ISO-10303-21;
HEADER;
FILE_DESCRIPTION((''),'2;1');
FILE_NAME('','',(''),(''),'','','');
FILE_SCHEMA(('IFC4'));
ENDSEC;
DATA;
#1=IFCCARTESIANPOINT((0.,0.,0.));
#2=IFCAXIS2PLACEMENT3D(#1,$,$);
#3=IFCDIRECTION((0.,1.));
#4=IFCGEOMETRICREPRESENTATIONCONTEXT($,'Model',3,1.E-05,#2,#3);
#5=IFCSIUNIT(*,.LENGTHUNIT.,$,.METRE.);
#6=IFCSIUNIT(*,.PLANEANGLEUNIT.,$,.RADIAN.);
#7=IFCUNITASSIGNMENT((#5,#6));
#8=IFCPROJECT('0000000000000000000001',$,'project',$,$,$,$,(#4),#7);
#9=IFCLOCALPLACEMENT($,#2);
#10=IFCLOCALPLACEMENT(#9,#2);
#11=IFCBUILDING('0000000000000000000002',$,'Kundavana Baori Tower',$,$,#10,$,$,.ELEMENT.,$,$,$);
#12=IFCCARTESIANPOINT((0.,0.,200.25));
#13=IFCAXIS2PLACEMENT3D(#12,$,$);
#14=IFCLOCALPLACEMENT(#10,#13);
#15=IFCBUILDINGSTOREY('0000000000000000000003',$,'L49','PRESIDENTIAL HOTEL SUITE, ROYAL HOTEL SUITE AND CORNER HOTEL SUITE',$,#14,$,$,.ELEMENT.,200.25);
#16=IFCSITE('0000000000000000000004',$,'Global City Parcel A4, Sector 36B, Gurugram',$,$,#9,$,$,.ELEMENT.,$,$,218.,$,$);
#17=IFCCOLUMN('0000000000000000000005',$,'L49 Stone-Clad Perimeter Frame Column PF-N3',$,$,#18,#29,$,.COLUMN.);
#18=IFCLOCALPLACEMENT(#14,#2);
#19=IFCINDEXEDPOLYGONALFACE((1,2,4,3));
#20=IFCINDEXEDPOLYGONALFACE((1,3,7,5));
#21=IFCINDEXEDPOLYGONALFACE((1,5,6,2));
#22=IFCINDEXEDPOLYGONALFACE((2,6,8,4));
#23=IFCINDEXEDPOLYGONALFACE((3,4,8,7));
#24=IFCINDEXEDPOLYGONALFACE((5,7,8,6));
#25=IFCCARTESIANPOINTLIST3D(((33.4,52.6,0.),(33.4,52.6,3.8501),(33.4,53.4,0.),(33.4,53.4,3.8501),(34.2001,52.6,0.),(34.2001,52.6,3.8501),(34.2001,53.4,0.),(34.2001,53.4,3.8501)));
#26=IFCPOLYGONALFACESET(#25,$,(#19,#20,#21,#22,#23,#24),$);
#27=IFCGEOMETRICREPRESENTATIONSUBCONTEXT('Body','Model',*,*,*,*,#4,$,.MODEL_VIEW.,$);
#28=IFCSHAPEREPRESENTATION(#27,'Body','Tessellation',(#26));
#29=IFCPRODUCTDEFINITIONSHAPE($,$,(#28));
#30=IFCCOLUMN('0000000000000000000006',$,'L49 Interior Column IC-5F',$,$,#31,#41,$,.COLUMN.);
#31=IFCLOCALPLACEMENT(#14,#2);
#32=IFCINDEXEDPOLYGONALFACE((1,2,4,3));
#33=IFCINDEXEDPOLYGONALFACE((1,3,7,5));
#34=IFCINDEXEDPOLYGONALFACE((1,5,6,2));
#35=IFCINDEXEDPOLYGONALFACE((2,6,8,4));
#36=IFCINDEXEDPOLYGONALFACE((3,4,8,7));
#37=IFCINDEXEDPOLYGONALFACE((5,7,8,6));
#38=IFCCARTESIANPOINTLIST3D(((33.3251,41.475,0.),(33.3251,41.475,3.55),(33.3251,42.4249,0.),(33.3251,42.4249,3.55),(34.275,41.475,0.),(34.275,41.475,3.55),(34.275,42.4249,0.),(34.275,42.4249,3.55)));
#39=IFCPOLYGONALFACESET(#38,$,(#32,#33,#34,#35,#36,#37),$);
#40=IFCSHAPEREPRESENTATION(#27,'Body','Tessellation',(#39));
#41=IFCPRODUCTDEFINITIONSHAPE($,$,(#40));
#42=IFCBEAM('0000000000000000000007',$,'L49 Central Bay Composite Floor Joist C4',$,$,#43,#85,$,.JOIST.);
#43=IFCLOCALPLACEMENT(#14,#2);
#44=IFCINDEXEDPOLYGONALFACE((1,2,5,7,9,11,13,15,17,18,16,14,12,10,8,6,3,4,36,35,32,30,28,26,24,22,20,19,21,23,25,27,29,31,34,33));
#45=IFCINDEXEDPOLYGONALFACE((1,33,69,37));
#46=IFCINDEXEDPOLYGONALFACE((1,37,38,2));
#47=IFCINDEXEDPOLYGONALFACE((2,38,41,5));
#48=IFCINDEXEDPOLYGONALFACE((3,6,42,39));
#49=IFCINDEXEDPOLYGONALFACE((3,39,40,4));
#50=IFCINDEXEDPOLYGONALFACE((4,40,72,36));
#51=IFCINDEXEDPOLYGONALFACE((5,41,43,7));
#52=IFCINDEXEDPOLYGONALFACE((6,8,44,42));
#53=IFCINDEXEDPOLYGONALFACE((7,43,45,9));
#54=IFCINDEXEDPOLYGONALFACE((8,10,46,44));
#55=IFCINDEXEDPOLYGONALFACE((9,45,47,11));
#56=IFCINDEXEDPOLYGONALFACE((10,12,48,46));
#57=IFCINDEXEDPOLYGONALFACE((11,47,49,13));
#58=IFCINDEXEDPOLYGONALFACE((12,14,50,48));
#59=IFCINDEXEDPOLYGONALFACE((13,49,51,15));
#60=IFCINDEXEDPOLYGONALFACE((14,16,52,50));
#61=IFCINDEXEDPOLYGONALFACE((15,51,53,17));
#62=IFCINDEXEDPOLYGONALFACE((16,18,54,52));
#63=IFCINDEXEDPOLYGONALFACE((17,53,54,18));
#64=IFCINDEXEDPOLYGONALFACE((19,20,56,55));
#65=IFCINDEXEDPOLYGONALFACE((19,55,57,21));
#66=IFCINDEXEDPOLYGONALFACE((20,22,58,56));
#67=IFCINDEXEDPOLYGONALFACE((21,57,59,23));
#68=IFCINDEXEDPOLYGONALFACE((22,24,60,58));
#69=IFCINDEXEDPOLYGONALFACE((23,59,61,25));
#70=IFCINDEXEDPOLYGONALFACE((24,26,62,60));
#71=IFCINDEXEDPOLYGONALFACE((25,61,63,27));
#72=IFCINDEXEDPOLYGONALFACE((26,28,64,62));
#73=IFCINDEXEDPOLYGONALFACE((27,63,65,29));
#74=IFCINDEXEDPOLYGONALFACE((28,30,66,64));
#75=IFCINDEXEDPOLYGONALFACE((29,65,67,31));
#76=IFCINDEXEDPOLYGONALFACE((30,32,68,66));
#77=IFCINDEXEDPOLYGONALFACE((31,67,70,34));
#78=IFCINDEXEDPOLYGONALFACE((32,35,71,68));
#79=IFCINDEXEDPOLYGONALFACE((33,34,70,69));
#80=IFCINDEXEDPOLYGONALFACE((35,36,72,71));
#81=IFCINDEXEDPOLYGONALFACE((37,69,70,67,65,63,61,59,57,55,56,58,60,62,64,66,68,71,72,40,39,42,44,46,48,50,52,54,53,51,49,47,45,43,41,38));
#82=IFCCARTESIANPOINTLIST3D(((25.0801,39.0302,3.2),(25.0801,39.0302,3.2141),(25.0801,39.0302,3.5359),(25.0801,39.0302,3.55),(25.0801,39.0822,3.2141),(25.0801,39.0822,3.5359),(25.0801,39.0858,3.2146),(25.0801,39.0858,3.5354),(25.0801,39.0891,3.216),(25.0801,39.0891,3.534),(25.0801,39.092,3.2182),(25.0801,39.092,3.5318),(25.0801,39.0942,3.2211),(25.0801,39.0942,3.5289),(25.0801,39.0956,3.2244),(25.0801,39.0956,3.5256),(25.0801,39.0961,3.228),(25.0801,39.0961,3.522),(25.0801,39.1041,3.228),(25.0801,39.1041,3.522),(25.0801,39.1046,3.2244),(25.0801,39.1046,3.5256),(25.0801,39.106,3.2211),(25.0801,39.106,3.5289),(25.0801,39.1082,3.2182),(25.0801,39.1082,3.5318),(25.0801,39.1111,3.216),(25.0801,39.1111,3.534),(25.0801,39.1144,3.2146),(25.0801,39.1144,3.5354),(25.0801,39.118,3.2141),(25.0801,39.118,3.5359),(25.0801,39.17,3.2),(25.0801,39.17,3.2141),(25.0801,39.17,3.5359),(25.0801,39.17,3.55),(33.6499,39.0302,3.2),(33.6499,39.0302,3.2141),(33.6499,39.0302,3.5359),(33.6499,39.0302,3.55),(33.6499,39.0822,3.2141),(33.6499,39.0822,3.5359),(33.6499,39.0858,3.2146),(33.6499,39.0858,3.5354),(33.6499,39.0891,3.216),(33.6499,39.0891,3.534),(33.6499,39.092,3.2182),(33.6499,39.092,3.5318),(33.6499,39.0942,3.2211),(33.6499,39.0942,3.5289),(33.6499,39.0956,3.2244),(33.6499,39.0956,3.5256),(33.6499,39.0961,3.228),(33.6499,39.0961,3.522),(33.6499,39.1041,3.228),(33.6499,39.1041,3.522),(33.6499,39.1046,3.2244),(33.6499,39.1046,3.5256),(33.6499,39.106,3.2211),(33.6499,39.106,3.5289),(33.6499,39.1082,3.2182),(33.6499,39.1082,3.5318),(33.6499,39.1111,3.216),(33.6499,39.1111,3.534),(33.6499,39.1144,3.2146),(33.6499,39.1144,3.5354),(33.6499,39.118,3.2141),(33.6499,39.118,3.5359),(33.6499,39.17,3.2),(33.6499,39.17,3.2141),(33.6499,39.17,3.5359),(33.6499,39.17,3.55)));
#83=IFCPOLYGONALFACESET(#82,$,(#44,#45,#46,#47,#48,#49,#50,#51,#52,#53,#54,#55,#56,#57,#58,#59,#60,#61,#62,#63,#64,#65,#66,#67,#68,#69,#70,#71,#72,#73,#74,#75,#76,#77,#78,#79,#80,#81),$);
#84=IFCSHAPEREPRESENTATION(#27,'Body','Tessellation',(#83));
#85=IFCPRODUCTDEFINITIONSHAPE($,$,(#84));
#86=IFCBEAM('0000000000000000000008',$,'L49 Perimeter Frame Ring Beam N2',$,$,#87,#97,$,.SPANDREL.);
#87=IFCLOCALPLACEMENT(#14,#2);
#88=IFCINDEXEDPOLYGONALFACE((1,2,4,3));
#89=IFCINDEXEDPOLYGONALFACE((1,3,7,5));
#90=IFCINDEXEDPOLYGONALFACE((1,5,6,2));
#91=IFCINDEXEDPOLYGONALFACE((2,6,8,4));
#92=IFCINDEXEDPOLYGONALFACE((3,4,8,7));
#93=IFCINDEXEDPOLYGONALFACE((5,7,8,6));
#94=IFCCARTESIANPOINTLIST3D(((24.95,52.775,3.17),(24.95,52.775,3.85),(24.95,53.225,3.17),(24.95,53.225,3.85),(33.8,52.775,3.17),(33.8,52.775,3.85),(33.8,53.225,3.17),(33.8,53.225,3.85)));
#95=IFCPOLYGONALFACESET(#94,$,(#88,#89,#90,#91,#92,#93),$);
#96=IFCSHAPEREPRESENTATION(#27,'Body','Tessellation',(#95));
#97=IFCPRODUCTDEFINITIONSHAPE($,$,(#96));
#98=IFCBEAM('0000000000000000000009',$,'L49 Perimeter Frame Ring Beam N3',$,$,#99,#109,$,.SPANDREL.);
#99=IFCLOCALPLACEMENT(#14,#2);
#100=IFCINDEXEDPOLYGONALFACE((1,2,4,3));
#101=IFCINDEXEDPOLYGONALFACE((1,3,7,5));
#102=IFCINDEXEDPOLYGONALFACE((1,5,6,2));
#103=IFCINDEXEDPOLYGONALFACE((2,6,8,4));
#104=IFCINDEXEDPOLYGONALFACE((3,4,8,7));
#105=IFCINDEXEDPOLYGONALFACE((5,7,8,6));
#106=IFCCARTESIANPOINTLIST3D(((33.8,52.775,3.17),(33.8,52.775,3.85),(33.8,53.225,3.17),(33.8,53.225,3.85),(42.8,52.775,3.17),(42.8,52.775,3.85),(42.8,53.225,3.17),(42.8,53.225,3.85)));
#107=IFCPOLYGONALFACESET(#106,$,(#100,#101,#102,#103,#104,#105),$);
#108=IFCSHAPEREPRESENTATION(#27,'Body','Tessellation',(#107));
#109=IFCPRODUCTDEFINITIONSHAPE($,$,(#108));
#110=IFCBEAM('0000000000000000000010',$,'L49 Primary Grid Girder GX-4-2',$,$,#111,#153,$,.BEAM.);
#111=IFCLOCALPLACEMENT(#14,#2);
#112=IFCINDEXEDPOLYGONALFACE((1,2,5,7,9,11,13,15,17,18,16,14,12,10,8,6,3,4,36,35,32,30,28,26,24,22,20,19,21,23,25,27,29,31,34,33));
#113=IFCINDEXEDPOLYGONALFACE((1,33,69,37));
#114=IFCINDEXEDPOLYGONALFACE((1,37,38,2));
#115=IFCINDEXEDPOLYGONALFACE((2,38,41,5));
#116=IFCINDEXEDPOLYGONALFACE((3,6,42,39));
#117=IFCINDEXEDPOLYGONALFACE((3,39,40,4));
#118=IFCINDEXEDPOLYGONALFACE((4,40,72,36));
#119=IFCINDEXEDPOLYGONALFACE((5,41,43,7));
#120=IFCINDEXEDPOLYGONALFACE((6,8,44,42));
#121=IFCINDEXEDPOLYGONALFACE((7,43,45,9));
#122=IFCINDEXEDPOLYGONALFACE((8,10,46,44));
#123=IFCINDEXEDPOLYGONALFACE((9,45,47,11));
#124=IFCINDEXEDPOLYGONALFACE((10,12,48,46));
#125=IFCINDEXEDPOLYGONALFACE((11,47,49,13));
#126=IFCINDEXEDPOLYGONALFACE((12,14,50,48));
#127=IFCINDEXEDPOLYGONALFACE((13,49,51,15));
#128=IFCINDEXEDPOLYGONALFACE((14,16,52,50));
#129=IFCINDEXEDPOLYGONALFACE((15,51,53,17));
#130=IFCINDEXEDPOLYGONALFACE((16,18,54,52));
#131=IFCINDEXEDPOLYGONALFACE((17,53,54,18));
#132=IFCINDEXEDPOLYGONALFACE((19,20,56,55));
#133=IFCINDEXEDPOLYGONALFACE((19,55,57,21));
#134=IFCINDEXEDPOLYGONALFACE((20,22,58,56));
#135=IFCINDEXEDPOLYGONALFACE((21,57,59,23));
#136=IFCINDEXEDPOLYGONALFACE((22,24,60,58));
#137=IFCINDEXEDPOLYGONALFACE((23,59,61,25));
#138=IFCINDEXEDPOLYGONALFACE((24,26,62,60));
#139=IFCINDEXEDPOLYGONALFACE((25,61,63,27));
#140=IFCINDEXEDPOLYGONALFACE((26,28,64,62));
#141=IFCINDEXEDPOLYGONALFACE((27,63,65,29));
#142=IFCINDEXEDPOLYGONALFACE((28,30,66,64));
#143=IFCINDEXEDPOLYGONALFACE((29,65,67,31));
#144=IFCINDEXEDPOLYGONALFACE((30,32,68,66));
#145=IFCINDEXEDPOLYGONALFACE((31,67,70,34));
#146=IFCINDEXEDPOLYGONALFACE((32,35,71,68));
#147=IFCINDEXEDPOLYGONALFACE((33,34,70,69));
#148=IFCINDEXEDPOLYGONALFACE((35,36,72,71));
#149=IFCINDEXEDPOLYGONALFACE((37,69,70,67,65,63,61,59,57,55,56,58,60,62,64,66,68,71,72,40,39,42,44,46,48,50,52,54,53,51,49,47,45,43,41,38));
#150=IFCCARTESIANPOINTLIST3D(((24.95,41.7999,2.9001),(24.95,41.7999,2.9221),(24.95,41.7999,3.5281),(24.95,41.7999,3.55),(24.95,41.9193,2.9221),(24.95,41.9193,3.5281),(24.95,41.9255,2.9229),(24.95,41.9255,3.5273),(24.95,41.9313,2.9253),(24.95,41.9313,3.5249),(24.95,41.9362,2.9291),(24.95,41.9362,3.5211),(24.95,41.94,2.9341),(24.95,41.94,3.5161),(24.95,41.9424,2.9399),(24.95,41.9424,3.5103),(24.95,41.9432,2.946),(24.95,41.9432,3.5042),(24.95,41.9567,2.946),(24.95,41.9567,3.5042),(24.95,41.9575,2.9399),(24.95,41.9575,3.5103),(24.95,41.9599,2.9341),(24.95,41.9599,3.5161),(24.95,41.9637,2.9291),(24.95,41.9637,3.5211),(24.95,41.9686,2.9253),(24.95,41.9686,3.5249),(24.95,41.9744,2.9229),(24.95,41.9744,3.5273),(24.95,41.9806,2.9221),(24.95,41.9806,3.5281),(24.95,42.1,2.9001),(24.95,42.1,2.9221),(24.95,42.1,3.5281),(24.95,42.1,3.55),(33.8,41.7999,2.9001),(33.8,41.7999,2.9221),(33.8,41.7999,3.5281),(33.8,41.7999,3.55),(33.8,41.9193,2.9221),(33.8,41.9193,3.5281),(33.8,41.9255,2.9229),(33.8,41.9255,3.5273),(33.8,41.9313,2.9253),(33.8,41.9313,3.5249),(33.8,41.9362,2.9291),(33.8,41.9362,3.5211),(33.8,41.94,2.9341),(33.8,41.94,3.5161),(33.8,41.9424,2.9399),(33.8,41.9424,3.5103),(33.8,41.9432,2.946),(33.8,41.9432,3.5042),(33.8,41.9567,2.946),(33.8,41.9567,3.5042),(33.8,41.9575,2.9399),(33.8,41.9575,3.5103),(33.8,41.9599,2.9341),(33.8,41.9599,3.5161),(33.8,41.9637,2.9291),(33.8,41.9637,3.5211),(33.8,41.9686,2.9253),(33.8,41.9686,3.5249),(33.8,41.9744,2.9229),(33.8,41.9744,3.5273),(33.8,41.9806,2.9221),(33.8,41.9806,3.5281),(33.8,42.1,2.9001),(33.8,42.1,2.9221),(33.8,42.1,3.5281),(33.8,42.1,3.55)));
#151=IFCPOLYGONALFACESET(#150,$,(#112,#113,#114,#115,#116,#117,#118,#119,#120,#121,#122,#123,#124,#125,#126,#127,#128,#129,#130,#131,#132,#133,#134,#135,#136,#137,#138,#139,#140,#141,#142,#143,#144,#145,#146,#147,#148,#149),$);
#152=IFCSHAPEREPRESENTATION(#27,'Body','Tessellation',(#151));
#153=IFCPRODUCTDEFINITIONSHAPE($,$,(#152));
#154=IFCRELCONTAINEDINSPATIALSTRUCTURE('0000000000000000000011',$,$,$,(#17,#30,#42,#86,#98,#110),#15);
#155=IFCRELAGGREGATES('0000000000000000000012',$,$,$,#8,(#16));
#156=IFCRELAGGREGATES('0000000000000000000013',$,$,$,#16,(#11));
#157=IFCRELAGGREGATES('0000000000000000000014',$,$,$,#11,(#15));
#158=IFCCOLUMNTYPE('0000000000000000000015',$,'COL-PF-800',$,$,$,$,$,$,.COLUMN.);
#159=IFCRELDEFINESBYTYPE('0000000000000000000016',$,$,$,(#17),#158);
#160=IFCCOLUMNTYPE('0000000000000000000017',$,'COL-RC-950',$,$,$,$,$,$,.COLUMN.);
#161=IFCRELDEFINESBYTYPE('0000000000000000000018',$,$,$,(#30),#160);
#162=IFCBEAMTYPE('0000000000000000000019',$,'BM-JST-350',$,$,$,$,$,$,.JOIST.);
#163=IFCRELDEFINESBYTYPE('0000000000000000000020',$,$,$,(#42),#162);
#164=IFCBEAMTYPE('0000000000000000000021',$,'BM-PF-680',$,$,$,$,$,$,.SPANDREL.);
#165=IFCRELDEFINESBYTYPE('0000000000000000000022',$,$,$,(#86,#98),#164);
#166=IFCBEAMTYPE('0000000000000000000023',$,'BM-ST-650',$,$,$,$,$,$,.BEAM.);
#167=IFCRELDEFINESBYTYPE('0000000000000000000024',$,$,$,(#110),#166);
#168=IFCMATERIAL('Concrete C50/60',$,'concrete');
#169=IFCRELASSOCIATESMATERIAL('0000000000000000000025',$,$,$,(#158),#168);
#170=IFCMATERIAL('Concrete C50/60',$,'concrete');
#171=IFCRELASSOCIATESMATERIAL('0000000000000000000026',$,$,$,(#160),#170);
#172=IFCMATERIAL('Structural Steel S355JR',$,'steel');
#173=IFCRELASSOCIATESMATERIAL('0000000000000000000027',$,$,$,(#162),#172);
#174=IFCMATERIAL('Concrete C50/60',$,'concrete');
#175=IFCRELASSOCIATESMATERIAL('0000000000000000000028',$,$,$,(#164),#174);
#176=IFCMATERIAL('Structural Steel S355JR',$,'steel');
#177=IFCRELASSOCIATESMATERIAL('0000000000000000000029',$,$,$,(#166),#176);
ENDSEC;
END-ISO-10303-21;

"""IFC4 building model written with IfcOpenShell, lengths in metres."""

from ifc_helpers import new_model, si_unit, direction, frame, origin, origin_2d, place, context, subcontext, project, spatial, rectangle, i_section, extrude, material, material_profile, profile_set, type_object, element, save


model = new_model("IFC4")

# Units and contexts
model_context = context("Model", 3, precision=1e-05, world=origin(), true_north=direction((0.0, 1.0)))
body_context = subcontext(model_context, "Body", "Model", "MODEL_VIEW")
ifc_project = project(units=[si_unit("LENGTHUNIT", "METRE"), si_unit("PLANEANGLEUNIT", "RADIAN")], contexts=[model_context])

# Site, building, storey
site_placement = place(None, origin())
site = spatial("IfcSite", under=ifc_project, at=site_placement, Name="Global City Parcel A4, Sector 36B, Gurugram", CompositionType="ELEMENT", RefElevation=218.0)
building_placement = place(site_placement, origin())
building = spatial("IfcBuilding", under=site, at=building_placement, Name="Kundavana Baori Tower", CompositionType="ELEMENT")
storey_placement = place(building_placement, frame((0.0, 0.0, 200.25)))
storey = spatial("IfcBuildingStorey", under=building, at=storey_placement, Name="L49", Description="PRESIDENTIAL HOTEL SUITE, ROYAL HOTEL SUITE AND CORNER HOTEL SUITE", CompositionType="ELEMENT", Elevation=200.25)

# Columns
ifc_material_1 = material(Name="Concrete C50/60", Category="concrete")
ifc_material_profile_1 = material_profile(ifc_material_1, rectangle(XDim=0.8, YDim=0.8, at=origin_2d()), Name="RC PF 800x800")
ifc_profile_set_1 = profile_set([ifc_material_profile_1], Name="Concrete C50/60")
column_type_1 = type_object("IfcColumnType", Name="COL-PF-800", PredefinedType="COLUMN", material=ifc_profile_set_1)
column_1_placement = place(storey_placement, frame((33.8, 53.0, 0.0), z_axis=(0.0, 0.0, 1.0), x_axis=(1.0, 0.0, 0.0)))
element("IfcColumn", 1, at=column_1_placement, inside=storey, type_object=column_type_1, Name="L49 Stone-Clad Perimeter Frame Column PF-N3", PredefinedType="COLUMN", context=body_context, shape_type="SweptSolid", body=[
    extrude(rectangle(XDim=0.8, YDim=0.8, at=origin_2d()), origin(), (0.0, 0.0, 1.0), 3.8501),
])
ifc_material_2 = material(Name="Concrete C50/60", Category="concrete")
ifc_material_profile_2 = material_profile(ifc_material_2, rectangle(XDim=0.95, YDim=0.95, at=origin_2d()), Name="RC 950x950")
ifc_profile_set_2 = profile_set([ifc_material_profile_2], Name="Concrete C50/60")
column_type_2 = type_object("IfcColumnType", Name="COL-RC-950", PredefinedType="COLUMN", material=ifc_profile_set_2)
column_2_placement = place(storey_placement, frame((33.8, 41.95, 0.0), z_axis=(0.0, 0.0, 1.0), x_axis=(1.0, 0.0, 0.0)))
element("IfcColumn", 2, at=column_2_placement, inside=storey, type_object=column_type_2, Name="L49 Interior Column IC-5F", PredefinedType="COLUMN", context=body_context, shape_type="SweptSolid", body=[
    extrude(rectangle(XDim=0.95, YDim=0.95, at=origin_2d()), origin(), (0.0, 0.0, 1.0), 3.55),
])

# Beams
ifc_material_3 = material(Name="Structural Steel S355JR", Category="steel")
ifc_material_profile_3 = material_profile(ifc_material_3, i_section(OverallWidth=0.1399, OverallDepth=0.3501, WebThickness=0.0081, FlangeThickness=0.0142, FilletRadius=0.0139, at=origin_2d()), Name="ISMB 350")
ifc_profile_set_3 = profile_set([ifc_material_profile_3], Name="Structural Steel S355JR")
beam_type_1 = type_object("IfcBeamType", Name="BM-JST-350", PredefinedType="JOIST", material=ifc_profile_set_3)
beam_1_placement = place(storey_placement, frame((25.0801, 39.1001, 3.375), z_axis=(1.0, 0.0, 0.0), x_axis=(0.0, 1.0, 0.0)))
element("IfcBeam", 3, at=beam_1_placement, inside=storey, type_object=beam_type_1, Name="L49 Central Bay Composite Floor Joist C4", PredefinedType="JOIST", context=body_context, shape_type="SweptSolid", body=[
    extrude(i_section(OverallWidth=0.1399, OverallDepth=0.3501, WebThickness=0.0081, FlangeThickness=0.0142, FilletRadius=0.0139, at=origin_2d()), origin(), (0.0, 0.0, 1.0), 8.5698),
])
ifc_material_4 = material(Name="Concrete C50/60", Category="concrete")
ifc_material_profile_4 = material_profile(ifc_material_4, rectangle(XDim=0.45, YDim=0.6799, at=origin_2d()), Name="RC BM 450x680")
ifc_profile_set_4 = profile_set([ifc_material_profile_4], Name="Concrete C50/60")
beam_type_2 = type_object("IfcBeamType", Name="BM-PF-680", PredefinedType="SPANDREL", material=ifc_profile_set_4)
beam_2_placement = place(storey_placement, frame((24.95, 53.0, 3.51), z_axis=(1.0, 0.0, 0.0), x_axis=(0.0, 1.0, 0.0)))
element("IfcBeam", 4, at=beam_2_placement, inside=storey, type_object=beam_type_2, Name="L49 Perimeter Frame Ring Beam N2", PredefinedType="SPANDREL", context=body_context, shape_type="SweptSolid", body=[
    extrude(rectangle(XDim=0.45, YDim=0.6799, at=origin_2d()), origin(), (0.0, 0.0, 1.0), 8.8501),
])
beam_3_placement = place(storey_placement, frame((33.8, 53.0, 3.51), z_axis=(1.0, 0.0, 0.0), x_axis=(0.0, 1.0, 0.0)))
element("IfcBeam", 5, at=beam_3_placement, inside=storey, type_object=beam_type_2, Name="L49 Perimeter Frame Ring Beam N3", PredefinedType="SPANDREL", context=body_context, shape_type="SweptSolid", body=[
    extrude(rectangle(XDim=0.45, YDim=0.6799, at=origin_2d()), origin(), (0.0, 0.0, 1.0), 9.0),
])
ifc_material_5 = material(Name="Structural Steel S355JR", Category="steel")
ifc_material_profile_5 = material_profile(ifc_material_5, i_section(OverallWidth=0.3, OverallDepth=0.6499, WebThickness=0.0134, FlangeThickness=0.022, FilletRadius=0.0239, at=origin_2d()), Name="NPB 650x300x155")
ifc_profile_set_5 = profile_set([ifc_material_profile_5], Name="Structural Steel S355JR")
beam_type_3 = type_object("IfcBeamType", Name="BM-ST-650", PredefinedType="BEAM", material=ifc_profile_set_5)
beam_4_placement = place(storey_placement, frame((24.95, 41.95, 3.2251), z_axis=(1.0, 0.0, 0.0), x_axis=(0.0, 1.0, 0.0)))
element("IfcBeam", 6, at=beam_4_placement, inside=storey, type_object=beam_type_3, Name="L49 Primary Grid Girder GX-4-2", PredefinedType="BEAM", context=body_context, shape_type="SweptSolid", body=[
    extrude(i_section(OverallWidth=0.3, OverallDepth=0.6499, WebThickness=0.0134, FlangeThickness=0.022, FilletRadius=0.0239, at=origin_2d()), origin(), (0.0, 0.0, 1.0), 8.8501),
])

save(model, "model.ifc")
